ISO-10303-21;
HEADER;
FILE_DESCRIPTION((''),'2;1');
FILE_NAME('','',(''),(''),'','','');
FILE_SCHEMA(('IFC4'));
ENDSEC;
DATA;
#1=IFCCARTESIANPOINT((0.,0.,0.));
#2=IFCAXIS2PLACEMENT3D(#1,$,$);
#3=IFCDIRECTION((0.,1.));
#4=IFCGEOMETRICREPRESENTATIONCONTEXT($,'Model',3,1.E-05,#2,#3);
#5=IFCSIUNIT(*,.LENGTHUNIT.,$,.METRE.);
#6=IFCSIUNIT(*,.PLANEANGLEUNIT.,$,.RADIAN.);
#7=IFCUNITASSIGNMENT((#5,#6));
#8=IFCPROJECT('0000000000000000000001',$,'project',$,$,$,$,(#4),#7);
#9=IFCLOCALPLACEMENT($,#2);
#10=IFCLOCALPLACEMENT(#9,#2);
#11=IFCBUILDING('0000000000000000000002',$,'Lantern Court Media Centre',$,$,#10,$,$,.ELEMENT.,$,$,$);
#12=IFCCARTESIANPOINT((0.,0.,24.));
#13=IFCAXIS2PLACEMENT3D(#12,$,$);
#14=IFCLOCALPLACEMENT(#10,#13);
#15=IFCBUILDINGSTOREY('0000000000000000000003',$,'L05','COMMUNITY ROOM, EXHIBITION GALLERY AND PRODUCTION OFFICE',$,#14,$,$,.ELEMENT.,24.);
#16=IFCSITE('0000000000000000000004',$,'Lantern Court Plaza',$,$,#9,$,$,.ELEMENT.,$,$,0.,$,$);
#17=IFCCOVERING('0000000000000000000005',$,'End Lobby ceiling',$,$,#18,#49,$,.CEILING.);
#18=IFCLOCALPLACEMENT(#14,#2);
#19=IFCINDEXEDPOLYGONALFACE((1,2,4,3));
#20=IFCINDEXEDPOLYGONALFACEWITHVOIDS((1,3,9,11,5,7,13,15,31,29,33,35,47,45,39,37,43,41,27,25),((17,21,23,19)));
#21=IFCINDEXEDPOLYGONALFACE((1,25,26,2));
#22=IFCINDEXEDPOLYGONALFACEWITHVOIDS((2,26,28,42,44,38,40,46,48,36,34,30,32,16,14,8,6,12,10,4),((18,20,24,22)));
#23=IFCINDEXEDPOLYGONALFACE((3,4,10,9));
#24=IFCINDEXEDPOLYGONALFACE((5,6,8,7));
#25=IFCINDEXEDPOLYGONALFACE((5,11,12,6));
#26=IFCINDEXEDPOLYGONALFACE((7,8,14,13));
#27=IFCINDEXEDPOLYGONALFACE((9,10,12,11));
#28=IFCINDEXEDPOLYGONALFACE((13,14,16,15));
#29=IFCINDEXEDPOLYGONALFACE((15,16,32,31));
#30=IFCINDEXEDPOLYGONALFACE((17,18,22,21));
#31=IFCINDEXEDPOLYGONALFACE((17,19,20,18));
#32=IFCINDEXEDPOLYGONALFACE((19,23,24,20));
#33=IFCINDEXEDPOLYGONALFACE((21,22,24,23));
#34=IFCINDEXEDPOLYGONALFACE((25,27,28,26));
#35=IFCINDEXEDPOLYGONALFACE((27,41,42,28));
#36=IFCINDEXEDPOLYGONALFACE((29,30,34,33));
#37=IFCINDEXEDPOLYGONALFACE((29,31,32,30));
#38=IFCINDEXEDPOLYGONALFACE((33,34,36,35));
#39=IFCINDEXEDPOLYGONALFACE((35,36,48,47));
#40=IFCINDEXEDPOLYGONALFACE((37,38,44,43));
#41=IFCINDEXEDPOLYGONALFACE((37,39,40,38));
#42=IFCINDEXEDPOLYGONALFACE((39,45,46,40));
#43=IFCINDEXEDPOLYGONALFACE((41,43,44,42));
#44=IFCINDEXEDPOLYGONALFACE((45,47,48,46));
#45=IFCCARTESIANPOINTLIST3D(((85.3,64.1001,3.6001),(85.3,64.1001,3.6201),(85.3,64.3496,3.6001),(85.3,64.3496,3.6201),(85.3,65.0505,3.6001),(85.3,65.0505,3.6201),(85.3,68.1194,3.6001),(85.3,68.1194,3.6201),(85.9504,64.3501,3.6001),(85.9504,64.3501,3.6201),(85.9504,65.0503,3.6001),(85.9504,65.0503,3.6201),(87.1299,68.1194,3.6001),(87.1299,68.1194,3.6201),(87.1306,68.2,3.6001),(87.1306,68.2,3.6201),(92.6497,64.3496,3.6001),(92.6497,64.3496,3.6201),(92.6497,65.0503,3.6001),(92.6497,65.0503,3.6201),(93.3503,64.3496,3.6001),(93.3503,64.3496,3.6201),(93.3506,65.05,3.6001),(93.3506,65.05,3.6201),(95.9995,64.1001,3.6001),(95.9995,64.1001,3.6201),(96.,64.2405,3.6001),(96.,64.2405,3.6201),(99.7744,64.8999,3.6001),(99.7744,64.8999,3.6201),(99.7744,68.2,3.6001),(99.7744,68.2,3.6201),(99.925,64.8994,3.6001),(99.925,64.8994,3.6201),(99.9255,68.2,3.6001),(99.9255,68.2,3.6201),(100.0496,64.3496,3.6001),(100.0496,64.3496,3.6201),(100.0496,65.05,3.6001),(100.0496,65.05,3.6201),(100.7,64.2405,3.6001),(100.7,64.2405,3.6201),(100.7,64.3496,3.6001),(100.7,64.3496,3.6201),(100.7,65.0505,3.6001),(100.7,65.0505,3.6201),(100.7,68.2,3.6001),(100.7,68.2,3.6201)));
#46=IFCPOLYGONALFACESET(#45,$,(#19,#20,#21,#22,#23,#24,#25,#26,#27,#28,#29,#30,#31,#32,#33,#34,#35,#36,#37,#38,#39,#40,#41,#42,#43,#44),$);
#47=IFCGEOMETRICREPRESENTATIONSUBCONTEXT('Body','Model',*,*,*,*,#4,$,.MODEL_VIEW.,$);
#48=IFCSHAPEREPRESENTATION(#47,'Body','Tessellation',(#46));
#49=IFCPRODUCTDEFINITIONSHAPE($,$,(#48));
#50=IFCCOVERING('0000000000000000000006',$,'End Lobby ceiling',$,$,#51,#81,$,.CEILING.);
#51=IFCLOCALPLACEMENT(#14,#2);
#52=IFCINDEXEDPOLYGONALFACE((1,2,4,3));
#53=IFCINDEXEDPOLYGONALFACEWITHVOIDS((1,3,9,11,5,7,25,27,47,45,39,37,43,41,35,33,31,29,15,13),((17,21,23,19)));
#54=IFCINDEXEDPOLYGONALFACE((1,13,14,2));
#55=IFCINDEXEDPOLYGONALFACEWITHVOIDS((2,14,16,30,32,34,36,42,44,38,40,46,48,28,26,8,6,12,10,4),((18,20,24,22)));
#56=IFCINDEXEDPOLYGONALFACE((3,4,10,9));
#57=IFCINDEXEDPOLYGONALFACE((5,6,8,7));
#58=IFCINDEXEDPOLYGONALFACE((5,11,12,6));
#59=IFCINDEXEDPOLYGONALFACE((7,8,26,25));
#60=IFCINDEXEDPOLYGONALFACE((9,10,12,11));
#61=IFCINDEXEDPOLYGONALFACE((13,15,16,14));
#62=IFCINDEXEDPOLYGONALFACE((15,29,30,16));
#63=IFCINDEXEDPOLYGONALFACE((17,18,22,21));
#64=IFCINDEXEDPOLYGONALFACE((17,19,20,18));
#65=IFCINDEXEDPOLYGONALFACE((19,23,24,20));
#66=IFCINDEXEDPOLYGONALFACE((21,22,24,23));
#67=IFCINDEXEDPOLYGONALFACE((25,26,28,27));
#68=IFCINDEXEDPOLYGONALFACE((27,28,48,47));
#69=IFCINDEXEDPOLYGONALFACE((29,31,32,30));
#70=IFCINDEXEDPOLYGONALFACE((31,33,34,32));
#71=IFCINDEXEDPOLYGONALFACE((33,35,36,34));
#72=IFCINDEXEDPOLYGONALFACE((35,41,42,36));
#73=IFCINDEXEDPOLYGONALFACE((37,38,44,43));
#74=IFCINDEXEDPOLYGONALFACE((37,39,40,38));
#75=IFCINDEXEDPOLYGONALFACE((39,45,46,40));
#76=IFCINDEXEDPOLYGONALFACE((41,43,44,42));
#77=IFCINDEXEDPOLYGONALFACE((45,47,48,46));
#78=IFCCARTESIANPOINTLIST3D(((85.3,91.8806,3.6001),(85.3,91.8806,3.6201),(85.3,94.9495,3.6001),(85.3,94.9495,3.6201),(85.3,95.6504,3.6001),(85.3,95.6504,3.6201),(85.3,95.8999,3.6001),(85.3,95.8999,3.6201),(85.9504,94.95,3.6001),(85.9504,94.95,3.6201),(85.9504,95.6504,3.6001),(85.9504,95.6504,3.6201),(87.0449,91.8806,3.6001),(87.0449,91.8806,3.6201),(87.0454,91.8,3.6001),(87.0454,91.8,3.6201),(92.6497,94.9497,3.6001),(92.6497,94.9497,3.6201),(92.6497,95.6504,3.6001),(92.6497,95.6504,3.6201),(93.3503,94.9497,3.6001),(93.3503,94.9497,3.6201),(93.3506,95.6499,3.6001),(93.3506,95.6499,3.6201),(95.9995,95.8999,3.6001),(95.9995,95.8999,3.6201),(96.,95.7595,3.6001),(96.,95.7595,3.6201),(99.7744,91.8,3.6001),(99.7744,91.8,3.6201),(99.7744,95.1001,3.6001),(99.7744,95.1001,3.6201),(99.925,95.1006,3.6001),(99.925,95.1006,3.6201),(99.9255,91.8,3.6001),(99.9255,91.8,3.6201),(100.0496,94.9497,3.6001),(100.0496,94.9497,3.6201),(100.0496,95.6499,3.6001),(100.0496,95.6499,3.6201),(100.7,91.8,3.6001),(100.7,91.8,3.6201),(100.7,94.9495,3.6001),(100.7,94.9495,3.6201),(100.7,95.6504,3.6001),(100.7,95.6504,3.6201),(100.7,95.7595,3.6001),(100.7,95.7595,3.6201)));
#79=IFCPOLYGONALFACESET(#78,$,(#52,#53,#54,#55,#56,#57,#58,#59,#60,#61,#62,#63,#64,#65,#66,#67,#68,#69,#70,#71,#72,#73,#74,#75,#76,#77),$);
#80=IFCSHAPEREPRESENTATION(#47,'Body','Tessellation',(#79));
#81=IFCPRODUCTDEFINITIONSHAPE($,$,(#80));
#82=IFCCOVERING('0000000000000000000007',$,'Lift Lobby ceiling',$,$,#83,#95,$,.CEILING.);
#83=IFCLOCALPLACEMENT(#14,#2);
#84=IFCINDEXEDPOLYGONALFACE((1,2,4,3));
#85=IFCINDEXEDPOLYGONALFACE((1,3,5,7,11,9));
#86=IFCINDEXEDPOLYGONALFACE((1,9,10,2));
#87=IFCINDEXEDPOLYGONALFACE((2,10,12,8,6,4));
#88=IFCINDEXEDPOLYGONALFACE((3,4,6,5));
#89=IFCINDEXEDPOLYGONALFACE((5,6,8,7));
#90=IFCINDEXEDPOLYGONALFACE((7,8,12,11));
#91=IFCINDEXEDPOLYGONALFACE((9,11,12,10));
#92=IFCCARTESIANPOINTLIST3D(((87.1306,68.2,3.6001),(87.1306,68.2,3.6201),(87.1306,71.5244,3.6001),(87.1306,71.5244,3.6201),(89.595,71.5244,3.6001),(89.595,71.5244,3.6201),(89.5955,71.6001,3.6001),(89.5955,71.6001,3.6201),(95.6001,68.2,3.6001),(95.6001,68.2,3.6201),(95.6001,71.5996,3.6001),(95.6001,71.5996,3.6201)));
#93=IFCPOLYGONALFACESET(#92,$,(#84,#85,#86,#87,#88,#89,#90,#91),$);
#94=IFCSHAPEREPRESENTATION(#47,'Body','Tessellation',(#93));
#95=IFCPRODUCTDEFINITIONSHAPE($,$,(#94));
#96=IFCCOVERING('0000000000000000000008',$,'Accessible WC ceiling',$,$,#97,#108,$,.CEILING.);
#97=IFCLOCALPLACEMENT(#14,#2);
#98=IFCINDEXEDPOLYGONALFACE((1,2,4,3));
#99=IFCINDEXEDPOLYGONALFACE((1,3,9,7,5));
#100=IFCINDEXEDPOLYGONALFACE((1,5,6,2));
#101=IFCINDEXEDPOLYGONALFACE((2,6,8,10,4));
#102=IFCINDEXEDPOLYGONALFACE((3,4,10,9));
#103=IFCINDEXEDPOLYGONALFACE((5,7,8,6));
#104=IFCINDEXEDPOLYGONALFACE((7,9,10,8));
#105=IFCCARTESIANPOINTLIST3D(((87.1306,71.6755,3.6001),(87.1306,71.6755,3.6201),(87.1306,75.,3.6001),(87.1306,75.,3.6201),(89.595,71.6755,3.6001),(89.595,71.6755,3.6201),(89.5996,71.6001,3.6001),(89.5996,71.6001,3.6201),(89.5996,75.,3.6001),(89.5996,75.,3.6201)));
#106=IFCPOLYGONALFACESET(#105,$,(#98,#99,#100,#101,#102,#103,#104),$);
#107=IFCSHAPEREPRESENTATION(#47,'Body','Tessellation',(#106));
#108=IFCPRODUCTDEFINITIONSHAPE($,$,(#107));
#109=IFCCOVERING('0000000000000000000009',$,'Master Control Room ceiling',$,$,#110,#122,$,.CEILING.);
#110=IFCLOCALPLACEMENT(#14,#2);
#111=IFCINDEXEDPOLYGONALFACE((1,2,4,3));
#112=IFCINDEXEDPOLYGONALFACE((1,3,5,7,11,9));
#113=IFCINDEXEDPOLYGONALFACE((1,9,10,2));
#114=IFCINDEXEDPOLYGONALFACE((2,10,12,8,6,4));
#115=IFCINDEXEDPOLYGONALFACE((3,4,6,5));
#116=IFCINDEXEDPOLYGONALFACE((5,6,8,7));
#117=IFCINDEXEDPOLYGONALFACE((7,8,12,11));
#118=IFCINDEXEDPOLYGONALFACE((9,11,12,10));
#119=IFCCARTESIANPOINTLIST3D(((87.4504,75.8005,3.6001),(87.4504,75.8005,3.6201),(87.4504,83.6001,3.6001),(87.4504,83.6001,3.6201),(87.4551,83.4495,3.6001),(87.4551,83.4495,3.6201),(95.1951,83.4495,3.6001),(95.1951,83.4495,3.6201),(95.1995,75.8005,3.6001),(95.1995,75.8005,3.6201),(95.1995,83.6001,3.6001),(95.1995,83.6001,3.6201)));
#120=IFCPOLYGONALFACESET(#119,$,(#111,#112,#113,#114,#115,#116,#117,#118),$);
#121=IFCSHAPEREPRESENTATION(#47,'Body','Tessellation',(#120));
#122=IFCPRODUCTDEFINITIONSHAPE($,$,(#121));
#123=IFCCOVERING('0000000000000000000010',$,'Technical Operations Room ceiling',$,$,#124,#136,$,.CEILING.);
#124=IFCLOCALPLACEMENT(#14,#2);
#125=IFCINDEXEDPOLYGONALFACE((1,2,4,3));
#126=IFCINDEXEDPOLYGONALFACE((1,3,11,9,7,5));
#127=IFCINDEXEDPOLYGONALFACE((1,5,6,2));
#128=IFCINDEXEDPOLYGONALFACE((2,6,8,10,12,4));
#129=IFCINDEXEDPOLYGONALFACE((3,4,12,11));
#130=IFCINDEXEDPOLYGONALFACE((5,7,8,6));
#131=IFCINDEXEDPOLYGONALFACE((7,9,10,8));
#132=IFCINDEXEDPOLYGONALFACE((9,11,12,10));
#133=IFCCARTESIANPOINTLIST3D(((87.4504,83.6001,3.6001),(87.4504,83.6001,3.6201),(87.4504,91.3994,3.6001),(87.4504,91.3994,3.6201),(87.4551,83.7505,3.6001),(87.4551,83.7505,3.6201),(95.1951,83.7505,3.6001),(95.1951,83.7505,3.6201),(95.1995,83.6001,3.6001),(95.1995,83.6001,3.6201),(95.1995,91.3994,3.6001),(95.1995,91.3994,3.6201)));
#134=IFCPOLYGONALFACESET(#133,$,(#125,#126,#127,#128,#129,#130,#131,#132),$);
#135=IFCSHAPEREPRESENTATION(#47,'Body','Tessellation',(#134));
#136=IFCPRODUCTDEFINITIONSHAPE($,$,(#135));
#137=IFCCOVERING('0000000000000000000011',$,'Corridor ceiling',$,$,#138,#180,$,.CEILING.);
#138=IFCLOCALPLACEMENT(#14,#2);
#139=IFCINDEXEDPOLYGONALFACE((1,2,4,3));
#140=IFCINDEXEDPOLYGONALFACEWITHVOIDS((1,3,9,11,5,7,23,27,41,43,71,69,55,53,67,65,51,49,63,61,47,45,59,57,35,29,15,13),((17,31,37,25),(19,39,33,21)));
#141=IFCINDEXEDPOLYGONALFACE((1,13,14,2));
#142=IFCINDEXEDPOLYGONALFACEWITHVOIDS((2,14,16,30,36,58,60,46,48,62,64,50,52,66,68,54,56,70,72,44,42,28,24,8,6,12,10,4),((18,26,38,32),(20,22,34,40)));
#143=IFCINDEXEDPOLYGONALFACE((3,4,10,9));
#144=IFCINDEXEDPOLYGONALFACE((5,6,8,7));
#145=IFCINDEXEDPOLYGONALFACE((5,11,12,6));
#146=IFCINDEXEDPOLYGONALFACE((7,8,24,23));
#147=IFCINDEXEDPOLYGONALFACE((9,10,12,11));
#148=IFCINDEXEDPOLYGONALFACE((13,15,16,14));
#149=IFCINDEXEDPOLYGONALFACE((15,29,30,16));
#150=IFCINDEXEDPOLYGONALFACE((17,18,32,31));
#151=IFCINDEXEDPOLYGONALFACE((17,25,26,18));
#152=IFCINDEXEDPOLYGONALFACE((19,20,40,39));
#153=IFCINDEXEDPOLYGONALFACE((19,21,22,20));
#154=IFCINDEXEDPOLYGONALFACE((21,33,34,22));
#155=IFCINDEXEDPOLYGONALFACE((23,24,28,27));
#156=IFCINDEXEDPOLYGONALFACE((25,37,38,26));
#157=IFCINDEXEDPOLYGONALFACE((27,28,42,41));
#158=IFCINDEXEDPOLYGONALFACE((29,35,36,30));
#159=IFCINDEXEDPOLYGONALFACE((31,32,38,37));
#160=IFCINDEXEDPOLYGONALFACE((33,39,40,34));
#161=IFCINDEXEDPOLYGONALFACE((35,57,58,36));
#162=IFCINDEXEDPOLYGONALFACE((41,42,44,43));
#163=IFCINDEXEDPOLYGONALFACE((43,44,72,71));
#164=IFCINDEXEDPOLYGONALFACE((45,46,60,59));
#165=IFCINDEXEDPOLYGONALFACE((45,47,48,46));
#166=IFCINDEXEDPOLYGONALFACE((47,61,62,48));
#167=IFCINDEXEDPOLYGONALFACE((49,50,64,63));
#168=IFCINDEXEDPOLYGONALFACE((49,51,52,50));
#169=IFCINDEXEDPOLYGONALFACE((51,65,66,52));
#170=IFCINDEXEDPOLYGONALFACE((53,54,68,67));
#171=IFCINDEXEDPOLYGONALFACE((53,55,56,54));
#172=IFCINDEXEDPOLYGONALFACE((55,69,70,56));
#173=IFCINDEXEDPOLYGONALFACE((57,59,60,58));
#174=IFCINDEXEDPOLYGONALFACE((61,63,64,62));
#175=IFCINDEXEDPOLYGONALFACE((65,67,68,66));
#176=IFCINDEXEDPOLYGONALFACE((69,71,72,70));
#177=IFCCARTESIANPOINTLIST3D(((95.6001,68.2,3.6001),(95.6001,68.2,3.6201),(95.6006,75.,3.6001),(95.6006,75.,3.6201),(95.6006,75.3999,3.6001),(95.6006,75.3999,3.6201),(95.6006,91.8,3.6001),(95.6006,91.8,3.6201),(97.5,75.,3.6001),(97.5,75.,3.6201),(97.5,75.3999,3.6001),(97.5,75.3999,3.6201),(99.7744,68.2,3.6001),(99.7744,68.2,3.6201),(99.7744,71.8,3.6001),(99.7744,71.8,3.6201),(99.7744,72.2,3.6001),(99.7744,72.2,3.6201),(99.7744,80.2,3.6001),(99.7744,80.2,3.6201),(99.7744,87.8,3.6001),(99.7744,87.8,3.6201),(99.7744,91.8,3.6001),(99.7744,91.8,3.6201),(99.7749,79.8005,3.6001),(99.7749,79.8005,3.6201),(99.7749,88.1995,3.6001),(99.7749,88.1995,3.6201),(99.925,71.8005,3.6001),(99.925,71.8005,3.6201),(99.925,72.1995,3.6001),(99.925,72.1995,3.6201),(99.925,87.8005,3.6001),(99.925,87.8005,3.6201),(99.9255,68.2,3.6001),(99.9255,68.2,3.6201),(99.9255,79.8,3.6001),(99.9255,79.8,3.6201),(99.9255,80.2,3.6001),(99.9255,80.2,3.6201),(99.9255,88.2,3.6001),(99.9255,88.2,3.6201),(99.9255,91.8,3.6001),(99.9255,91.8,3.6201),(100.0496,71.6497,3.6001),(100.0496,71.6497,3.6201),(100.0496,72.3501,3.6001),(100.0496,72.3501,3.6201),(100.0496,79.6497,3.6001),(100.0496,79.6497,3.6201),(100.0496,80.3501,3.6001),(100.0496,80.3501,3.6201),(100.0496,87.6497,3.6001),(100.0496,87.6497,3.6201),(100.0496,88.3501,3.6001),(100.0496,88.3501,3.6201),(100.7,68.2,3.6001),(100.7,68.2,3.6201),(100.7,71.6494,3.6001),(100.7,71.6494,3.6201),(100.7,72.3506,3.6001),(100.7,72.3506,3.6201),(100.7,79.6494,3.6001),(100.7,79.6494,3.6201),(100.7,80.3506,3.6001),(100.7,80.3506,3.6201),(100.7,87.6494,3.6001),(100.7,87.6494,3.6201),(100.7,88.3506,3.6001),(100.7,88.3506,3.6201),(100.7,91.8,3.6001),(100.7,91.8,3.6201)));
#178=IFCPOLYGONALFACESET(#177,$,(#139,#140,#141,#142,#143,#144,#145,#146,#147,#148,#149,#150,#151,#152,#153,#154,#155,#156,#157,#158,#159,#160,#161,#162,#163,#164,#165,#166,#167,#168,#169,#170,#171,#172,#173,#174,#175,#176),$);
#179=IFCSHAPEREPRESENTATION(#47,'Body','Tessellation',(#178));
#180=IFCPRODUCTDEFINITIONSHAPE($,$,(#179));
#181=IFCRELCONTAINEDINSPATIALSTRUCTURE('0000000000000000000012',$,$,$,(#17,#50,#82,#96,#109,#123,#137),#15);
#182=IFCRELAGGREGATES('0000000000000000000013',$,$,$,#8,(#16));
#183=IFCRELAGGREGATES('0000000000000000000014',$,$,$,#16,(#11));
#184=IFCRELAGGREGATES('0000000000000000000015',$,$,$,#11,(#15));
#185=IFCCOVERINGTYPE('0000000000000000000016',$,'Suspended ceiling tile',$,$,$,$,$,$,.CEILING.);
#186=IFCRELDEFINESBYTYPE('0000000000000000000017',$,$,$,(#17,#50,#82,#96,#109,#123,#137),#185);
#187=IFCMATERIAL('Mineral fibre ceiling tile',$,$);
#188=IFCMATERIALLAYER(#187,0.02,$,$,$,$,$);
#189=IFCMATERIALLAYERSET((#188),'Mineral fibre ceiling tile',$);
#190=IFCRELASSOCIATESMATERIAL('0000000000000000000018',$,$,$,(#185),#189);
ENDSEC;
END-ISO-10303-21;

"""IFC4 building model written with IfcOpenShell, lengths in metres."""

from ifc_helpers import new_model, si_unit, direction, frame, origin, place, context, subcontext, project, spatial, polyline, outline, extrude, material, layer, layer_set, type_object, element, save


model = new_model("IFC4")

# Units and contexts
model_context = context("Model", 3, precision=1e-05, world=origin(), true_north=direction((0.0, 1.0)))
body_context = subcontext(model_context, "Body", "Model", "MODEL_VIEW")
ifc_project = project(units=[si_unit("LENGTHUNIT", "METRE"), si_unit("PLANEANGLEUNIT", "RADIAN")], contexts=[model_context])

# Site, building, storey
site_placement = place(None, origin())
site = spatial("IfcSite", under=ifc_project, at=site_placement, Name="Lantern Court Plaza", CompositionType="ELEMENT", RefElevation=0.0)
building_placement = place(site_placement, origin())
building = spatial("IfcBuilding", under=site, at=building_placement, Name="Lantern Court Media Centre", CompositionType="ELEMENT")
storey_placement = place(building_placement, frame((0.0, 0.0, 24.0)))
storey = spatial("IfcBuildingStorey", under=building, at=storey_placement, Name="L05", Description="COMMUNITY ROOM, EXHIBITION GALLERY AND PRODUCTION OFFICE", CompositionType="ELEMENT", Elevation=24.0)

# Coverings
ifc_material_1 = material(Name="Mineral fibre ceiling tile")
ifc_layer_1 = layer(ifc_material_1, 0.02)
ifc_layer_set_1 = layer_set([ifc_layer_1], Name="Mineral fibre ceiling tile")
covering_type_1 = type_object("IfcCoveringType", Name="Suspended ceiling tile", PredefinedType="CEILING", material=ifc_layer_set_1)
covering_1_placement = place(storey_placement, frame((0.0, 0.0, 3.6001)))
element("IfcCovering", 1, at=covering_1_placement, inside=storey, type_object=covering_type_1, Name="End Lobby ceiling", PredefinedType="CEILING", context=body_context, shape_type="SweptSolid", body=[
    extrude(outline(polyline([(100.7, 64.2405), (96.0, 64.2405), (95.9995, 64.1001), (85.3, 64.1001), (85.3, 64.3496), (85.9504, 64.3501), (85.9504, 65.0503), (85.3, 65.0505), (85.3, 68.1194), (87.1299, 68.1194), (87.1306, 68.2), (99.7744, 68.2), (99.7744, 64.8999), (99.925, 64.8994), (99.9255, 68.2), (100.7, 68.2), (100.7, 65.0505), (100.0496, 65.05), (100.0496, 64.3496), (100.7, 64.3496), (100.7, 64.2405)]), holes=[polyline([(93.3506, 65.05), (92.6497, 65.0503), (92.6497, 64.3496), (93.3503, 64.3496), (93.3506, 65.05)])]), origin(), (0.0, 0.0, 1.0), 0.02),
])
covering_2_placement = place(storey_placement, frame((0.0, 0.0, 3.6001)))
element("IfcCovering", 2, at=covering_2_placement, inside=storey, type_object=covering_type_1, Name="End Lobby ceiling", PredefinedType="CEILING", context=body_context, shape_type="SweptSolid", body=[
    extrude(outline(polyline([(100.7, 91.8), (99.9255, 91.8), (99.925, 95.1006), (99.7744, 95.1001), (99.7744, 91.8), (87.0454, 91.8), (87.0449, 91.8806), (85.3, 91.8806), (85.3, 94.9495), (85.9504, 94.95), (85.9504, 95.6504), (85.3, 95.6504), (85.3, 95.8999), (95.9995, 95.8999), (96.0, 95.7595), (100.7, 95.7595), (100.7, 95.6504), (100.0496, 95.6499), (100.0496, 94.9497), (100.7, 94.9495), (100.7, 91.8)]), holes=[polyline([(93.3506, 95.6499), (92.6497, 95.6504), (92.6497, 94.9497), (93.3503, 94.9497), (93.3506, 95.6499)])]), origin(), (0.0, 0.0, 1.0), 0.02),
])
covering_3_placement = place(storey_placement, frame((0.0, 0.0, 3.6001)))
element("IfcCovering", 3, at=covering_3_placement, inside=storey, type_object=covering_type_1, Name="Lift Lobby ceiling", PredefinedType="CEILING", context=body_context, shape_type="SweptSolid", body=[
    extrude(outline(polyline([(95.6001, 68.2), (87.1306, 68.2), (87.1306, 71.5244), (89.595, 71.5244), (89.5955, 71.6001), (95.6001, 71.5996), (95.6001, 68.2)])), origin(), (0.0, 0.0, 1.0), 0.02),
])
covering_4_placement = place(storey_placement, frame((0.0, 0.0, 3.6001)))
element("IfcCovering", 4, at=covering_4_placement, inside=storey, type_object=covering_type_1, Name="Accessible WC ceiling", PredefinedType="CEILING", context=body_context, shape_type="SweptSolid", body=[
    extrude(outline(polyline([(89.5996, 75.0), (89.5996, 71.6001), (89.595, 71.6755), (87.1306, 71.6755), (87.1306, 75.0), (89.5996, 75.0)])), origin(), (0.0, 0.0, 1.0), 0.02),
])
covering_5_placement = place(storey_placement, frame((0.0, 0.0, 3.6001)))
element("IfcCovering", 5, at=covering_5_placement, inside=storey, type_object=covering_type_1, Name="Master Control Room ceiling", PredefinedType="CEILING", context=body_context, shape_type="SweptSolid", body=[
    extrude(outline(polyline([(95.1995, 83.6001), (95.1995, 75.8005), (87.4504, 75.8005), (87.4504, 83.6001), (87.4551, 83.4495), (95.1951, 83.4495), (95.1995, 83.6001)])), origin(), (0.0, 0.0, 1.0), 0.02),
])
covering_6_placement = place(storey_placement, frame((0.0, 0.0, 3.6001)))
element("IfcCovering", 6, at=covering_6_placement, inside=storey, type_object=covering_type_1, Name="Technical Operations Room ceiling", PredefinedType="CEILING", context=body_context, shape_type="SweptSolid", body=[
    extrude(outline(polyline([(87.4504, 83.6001), (87.4504, 91.3994), (95.1995, 91.3994), (95.1995, 83.6001), (95.1951, 83.7505), (87.4551, 83.7505), (87.4504, 83.6001)])), origin(), (0.0, 0.0, 1.0), 0.02),
])
covering_7_placement = place(storey_placement, frame((0.0, 0.0, 3.6001)))
element("IfcCovering", 7, at=covering_7_placement, inside=storey, type_object=covering_type_1, Name="Corridor ceiling", PredefinedType="CEILING", context=body_context, shape_type="SweptSolid", body=[
    extrude(outline(polyline([(100.7, 91.8), (100.7, 88.3506), (100.0496, 88.3501), (100.0496, 87.6497), (100.7, 87.6494), (100.7, 80.3506), (100.0496, 80.3501), (100.0496, 79.6497), (100.7, 79.6494), (100.7, 72.3506), (100.0496, 72.3501), (100.0496, 71.6497), (100.7, 71.6494), (100.7, 68.2), (99.9255, 68.2), (99.925, 71.8005), (99.7744, 71.8), (99.7744, 68.2), (95.6001, 68.2), (95.6006, 75.0), (97.5, 75.0), (97.5, 75.3999), (95.6006, 75.3999), (95.6006, 91.8), (99.7744, 91.8), (99.7749, 88.1995), (99.9255, 88.2), (99.9255, 91.8), (100.7, 91.8)]), holes=[polyline([(99.7744, 80.2), (99.9255, 80.2), (99.925, 87.8005), (99.7744, 87.8), (99.7744, 80.2)]), polyline([(99.925, 72.1995), (99.9255, 79.8), (99.7749, 79.8005), (99.7744, 72.2), (99.925, 72.1995)])]), origin(), (0.0, 0.0, 1.0), 0.02),
])

save(model, "model.ifc")
